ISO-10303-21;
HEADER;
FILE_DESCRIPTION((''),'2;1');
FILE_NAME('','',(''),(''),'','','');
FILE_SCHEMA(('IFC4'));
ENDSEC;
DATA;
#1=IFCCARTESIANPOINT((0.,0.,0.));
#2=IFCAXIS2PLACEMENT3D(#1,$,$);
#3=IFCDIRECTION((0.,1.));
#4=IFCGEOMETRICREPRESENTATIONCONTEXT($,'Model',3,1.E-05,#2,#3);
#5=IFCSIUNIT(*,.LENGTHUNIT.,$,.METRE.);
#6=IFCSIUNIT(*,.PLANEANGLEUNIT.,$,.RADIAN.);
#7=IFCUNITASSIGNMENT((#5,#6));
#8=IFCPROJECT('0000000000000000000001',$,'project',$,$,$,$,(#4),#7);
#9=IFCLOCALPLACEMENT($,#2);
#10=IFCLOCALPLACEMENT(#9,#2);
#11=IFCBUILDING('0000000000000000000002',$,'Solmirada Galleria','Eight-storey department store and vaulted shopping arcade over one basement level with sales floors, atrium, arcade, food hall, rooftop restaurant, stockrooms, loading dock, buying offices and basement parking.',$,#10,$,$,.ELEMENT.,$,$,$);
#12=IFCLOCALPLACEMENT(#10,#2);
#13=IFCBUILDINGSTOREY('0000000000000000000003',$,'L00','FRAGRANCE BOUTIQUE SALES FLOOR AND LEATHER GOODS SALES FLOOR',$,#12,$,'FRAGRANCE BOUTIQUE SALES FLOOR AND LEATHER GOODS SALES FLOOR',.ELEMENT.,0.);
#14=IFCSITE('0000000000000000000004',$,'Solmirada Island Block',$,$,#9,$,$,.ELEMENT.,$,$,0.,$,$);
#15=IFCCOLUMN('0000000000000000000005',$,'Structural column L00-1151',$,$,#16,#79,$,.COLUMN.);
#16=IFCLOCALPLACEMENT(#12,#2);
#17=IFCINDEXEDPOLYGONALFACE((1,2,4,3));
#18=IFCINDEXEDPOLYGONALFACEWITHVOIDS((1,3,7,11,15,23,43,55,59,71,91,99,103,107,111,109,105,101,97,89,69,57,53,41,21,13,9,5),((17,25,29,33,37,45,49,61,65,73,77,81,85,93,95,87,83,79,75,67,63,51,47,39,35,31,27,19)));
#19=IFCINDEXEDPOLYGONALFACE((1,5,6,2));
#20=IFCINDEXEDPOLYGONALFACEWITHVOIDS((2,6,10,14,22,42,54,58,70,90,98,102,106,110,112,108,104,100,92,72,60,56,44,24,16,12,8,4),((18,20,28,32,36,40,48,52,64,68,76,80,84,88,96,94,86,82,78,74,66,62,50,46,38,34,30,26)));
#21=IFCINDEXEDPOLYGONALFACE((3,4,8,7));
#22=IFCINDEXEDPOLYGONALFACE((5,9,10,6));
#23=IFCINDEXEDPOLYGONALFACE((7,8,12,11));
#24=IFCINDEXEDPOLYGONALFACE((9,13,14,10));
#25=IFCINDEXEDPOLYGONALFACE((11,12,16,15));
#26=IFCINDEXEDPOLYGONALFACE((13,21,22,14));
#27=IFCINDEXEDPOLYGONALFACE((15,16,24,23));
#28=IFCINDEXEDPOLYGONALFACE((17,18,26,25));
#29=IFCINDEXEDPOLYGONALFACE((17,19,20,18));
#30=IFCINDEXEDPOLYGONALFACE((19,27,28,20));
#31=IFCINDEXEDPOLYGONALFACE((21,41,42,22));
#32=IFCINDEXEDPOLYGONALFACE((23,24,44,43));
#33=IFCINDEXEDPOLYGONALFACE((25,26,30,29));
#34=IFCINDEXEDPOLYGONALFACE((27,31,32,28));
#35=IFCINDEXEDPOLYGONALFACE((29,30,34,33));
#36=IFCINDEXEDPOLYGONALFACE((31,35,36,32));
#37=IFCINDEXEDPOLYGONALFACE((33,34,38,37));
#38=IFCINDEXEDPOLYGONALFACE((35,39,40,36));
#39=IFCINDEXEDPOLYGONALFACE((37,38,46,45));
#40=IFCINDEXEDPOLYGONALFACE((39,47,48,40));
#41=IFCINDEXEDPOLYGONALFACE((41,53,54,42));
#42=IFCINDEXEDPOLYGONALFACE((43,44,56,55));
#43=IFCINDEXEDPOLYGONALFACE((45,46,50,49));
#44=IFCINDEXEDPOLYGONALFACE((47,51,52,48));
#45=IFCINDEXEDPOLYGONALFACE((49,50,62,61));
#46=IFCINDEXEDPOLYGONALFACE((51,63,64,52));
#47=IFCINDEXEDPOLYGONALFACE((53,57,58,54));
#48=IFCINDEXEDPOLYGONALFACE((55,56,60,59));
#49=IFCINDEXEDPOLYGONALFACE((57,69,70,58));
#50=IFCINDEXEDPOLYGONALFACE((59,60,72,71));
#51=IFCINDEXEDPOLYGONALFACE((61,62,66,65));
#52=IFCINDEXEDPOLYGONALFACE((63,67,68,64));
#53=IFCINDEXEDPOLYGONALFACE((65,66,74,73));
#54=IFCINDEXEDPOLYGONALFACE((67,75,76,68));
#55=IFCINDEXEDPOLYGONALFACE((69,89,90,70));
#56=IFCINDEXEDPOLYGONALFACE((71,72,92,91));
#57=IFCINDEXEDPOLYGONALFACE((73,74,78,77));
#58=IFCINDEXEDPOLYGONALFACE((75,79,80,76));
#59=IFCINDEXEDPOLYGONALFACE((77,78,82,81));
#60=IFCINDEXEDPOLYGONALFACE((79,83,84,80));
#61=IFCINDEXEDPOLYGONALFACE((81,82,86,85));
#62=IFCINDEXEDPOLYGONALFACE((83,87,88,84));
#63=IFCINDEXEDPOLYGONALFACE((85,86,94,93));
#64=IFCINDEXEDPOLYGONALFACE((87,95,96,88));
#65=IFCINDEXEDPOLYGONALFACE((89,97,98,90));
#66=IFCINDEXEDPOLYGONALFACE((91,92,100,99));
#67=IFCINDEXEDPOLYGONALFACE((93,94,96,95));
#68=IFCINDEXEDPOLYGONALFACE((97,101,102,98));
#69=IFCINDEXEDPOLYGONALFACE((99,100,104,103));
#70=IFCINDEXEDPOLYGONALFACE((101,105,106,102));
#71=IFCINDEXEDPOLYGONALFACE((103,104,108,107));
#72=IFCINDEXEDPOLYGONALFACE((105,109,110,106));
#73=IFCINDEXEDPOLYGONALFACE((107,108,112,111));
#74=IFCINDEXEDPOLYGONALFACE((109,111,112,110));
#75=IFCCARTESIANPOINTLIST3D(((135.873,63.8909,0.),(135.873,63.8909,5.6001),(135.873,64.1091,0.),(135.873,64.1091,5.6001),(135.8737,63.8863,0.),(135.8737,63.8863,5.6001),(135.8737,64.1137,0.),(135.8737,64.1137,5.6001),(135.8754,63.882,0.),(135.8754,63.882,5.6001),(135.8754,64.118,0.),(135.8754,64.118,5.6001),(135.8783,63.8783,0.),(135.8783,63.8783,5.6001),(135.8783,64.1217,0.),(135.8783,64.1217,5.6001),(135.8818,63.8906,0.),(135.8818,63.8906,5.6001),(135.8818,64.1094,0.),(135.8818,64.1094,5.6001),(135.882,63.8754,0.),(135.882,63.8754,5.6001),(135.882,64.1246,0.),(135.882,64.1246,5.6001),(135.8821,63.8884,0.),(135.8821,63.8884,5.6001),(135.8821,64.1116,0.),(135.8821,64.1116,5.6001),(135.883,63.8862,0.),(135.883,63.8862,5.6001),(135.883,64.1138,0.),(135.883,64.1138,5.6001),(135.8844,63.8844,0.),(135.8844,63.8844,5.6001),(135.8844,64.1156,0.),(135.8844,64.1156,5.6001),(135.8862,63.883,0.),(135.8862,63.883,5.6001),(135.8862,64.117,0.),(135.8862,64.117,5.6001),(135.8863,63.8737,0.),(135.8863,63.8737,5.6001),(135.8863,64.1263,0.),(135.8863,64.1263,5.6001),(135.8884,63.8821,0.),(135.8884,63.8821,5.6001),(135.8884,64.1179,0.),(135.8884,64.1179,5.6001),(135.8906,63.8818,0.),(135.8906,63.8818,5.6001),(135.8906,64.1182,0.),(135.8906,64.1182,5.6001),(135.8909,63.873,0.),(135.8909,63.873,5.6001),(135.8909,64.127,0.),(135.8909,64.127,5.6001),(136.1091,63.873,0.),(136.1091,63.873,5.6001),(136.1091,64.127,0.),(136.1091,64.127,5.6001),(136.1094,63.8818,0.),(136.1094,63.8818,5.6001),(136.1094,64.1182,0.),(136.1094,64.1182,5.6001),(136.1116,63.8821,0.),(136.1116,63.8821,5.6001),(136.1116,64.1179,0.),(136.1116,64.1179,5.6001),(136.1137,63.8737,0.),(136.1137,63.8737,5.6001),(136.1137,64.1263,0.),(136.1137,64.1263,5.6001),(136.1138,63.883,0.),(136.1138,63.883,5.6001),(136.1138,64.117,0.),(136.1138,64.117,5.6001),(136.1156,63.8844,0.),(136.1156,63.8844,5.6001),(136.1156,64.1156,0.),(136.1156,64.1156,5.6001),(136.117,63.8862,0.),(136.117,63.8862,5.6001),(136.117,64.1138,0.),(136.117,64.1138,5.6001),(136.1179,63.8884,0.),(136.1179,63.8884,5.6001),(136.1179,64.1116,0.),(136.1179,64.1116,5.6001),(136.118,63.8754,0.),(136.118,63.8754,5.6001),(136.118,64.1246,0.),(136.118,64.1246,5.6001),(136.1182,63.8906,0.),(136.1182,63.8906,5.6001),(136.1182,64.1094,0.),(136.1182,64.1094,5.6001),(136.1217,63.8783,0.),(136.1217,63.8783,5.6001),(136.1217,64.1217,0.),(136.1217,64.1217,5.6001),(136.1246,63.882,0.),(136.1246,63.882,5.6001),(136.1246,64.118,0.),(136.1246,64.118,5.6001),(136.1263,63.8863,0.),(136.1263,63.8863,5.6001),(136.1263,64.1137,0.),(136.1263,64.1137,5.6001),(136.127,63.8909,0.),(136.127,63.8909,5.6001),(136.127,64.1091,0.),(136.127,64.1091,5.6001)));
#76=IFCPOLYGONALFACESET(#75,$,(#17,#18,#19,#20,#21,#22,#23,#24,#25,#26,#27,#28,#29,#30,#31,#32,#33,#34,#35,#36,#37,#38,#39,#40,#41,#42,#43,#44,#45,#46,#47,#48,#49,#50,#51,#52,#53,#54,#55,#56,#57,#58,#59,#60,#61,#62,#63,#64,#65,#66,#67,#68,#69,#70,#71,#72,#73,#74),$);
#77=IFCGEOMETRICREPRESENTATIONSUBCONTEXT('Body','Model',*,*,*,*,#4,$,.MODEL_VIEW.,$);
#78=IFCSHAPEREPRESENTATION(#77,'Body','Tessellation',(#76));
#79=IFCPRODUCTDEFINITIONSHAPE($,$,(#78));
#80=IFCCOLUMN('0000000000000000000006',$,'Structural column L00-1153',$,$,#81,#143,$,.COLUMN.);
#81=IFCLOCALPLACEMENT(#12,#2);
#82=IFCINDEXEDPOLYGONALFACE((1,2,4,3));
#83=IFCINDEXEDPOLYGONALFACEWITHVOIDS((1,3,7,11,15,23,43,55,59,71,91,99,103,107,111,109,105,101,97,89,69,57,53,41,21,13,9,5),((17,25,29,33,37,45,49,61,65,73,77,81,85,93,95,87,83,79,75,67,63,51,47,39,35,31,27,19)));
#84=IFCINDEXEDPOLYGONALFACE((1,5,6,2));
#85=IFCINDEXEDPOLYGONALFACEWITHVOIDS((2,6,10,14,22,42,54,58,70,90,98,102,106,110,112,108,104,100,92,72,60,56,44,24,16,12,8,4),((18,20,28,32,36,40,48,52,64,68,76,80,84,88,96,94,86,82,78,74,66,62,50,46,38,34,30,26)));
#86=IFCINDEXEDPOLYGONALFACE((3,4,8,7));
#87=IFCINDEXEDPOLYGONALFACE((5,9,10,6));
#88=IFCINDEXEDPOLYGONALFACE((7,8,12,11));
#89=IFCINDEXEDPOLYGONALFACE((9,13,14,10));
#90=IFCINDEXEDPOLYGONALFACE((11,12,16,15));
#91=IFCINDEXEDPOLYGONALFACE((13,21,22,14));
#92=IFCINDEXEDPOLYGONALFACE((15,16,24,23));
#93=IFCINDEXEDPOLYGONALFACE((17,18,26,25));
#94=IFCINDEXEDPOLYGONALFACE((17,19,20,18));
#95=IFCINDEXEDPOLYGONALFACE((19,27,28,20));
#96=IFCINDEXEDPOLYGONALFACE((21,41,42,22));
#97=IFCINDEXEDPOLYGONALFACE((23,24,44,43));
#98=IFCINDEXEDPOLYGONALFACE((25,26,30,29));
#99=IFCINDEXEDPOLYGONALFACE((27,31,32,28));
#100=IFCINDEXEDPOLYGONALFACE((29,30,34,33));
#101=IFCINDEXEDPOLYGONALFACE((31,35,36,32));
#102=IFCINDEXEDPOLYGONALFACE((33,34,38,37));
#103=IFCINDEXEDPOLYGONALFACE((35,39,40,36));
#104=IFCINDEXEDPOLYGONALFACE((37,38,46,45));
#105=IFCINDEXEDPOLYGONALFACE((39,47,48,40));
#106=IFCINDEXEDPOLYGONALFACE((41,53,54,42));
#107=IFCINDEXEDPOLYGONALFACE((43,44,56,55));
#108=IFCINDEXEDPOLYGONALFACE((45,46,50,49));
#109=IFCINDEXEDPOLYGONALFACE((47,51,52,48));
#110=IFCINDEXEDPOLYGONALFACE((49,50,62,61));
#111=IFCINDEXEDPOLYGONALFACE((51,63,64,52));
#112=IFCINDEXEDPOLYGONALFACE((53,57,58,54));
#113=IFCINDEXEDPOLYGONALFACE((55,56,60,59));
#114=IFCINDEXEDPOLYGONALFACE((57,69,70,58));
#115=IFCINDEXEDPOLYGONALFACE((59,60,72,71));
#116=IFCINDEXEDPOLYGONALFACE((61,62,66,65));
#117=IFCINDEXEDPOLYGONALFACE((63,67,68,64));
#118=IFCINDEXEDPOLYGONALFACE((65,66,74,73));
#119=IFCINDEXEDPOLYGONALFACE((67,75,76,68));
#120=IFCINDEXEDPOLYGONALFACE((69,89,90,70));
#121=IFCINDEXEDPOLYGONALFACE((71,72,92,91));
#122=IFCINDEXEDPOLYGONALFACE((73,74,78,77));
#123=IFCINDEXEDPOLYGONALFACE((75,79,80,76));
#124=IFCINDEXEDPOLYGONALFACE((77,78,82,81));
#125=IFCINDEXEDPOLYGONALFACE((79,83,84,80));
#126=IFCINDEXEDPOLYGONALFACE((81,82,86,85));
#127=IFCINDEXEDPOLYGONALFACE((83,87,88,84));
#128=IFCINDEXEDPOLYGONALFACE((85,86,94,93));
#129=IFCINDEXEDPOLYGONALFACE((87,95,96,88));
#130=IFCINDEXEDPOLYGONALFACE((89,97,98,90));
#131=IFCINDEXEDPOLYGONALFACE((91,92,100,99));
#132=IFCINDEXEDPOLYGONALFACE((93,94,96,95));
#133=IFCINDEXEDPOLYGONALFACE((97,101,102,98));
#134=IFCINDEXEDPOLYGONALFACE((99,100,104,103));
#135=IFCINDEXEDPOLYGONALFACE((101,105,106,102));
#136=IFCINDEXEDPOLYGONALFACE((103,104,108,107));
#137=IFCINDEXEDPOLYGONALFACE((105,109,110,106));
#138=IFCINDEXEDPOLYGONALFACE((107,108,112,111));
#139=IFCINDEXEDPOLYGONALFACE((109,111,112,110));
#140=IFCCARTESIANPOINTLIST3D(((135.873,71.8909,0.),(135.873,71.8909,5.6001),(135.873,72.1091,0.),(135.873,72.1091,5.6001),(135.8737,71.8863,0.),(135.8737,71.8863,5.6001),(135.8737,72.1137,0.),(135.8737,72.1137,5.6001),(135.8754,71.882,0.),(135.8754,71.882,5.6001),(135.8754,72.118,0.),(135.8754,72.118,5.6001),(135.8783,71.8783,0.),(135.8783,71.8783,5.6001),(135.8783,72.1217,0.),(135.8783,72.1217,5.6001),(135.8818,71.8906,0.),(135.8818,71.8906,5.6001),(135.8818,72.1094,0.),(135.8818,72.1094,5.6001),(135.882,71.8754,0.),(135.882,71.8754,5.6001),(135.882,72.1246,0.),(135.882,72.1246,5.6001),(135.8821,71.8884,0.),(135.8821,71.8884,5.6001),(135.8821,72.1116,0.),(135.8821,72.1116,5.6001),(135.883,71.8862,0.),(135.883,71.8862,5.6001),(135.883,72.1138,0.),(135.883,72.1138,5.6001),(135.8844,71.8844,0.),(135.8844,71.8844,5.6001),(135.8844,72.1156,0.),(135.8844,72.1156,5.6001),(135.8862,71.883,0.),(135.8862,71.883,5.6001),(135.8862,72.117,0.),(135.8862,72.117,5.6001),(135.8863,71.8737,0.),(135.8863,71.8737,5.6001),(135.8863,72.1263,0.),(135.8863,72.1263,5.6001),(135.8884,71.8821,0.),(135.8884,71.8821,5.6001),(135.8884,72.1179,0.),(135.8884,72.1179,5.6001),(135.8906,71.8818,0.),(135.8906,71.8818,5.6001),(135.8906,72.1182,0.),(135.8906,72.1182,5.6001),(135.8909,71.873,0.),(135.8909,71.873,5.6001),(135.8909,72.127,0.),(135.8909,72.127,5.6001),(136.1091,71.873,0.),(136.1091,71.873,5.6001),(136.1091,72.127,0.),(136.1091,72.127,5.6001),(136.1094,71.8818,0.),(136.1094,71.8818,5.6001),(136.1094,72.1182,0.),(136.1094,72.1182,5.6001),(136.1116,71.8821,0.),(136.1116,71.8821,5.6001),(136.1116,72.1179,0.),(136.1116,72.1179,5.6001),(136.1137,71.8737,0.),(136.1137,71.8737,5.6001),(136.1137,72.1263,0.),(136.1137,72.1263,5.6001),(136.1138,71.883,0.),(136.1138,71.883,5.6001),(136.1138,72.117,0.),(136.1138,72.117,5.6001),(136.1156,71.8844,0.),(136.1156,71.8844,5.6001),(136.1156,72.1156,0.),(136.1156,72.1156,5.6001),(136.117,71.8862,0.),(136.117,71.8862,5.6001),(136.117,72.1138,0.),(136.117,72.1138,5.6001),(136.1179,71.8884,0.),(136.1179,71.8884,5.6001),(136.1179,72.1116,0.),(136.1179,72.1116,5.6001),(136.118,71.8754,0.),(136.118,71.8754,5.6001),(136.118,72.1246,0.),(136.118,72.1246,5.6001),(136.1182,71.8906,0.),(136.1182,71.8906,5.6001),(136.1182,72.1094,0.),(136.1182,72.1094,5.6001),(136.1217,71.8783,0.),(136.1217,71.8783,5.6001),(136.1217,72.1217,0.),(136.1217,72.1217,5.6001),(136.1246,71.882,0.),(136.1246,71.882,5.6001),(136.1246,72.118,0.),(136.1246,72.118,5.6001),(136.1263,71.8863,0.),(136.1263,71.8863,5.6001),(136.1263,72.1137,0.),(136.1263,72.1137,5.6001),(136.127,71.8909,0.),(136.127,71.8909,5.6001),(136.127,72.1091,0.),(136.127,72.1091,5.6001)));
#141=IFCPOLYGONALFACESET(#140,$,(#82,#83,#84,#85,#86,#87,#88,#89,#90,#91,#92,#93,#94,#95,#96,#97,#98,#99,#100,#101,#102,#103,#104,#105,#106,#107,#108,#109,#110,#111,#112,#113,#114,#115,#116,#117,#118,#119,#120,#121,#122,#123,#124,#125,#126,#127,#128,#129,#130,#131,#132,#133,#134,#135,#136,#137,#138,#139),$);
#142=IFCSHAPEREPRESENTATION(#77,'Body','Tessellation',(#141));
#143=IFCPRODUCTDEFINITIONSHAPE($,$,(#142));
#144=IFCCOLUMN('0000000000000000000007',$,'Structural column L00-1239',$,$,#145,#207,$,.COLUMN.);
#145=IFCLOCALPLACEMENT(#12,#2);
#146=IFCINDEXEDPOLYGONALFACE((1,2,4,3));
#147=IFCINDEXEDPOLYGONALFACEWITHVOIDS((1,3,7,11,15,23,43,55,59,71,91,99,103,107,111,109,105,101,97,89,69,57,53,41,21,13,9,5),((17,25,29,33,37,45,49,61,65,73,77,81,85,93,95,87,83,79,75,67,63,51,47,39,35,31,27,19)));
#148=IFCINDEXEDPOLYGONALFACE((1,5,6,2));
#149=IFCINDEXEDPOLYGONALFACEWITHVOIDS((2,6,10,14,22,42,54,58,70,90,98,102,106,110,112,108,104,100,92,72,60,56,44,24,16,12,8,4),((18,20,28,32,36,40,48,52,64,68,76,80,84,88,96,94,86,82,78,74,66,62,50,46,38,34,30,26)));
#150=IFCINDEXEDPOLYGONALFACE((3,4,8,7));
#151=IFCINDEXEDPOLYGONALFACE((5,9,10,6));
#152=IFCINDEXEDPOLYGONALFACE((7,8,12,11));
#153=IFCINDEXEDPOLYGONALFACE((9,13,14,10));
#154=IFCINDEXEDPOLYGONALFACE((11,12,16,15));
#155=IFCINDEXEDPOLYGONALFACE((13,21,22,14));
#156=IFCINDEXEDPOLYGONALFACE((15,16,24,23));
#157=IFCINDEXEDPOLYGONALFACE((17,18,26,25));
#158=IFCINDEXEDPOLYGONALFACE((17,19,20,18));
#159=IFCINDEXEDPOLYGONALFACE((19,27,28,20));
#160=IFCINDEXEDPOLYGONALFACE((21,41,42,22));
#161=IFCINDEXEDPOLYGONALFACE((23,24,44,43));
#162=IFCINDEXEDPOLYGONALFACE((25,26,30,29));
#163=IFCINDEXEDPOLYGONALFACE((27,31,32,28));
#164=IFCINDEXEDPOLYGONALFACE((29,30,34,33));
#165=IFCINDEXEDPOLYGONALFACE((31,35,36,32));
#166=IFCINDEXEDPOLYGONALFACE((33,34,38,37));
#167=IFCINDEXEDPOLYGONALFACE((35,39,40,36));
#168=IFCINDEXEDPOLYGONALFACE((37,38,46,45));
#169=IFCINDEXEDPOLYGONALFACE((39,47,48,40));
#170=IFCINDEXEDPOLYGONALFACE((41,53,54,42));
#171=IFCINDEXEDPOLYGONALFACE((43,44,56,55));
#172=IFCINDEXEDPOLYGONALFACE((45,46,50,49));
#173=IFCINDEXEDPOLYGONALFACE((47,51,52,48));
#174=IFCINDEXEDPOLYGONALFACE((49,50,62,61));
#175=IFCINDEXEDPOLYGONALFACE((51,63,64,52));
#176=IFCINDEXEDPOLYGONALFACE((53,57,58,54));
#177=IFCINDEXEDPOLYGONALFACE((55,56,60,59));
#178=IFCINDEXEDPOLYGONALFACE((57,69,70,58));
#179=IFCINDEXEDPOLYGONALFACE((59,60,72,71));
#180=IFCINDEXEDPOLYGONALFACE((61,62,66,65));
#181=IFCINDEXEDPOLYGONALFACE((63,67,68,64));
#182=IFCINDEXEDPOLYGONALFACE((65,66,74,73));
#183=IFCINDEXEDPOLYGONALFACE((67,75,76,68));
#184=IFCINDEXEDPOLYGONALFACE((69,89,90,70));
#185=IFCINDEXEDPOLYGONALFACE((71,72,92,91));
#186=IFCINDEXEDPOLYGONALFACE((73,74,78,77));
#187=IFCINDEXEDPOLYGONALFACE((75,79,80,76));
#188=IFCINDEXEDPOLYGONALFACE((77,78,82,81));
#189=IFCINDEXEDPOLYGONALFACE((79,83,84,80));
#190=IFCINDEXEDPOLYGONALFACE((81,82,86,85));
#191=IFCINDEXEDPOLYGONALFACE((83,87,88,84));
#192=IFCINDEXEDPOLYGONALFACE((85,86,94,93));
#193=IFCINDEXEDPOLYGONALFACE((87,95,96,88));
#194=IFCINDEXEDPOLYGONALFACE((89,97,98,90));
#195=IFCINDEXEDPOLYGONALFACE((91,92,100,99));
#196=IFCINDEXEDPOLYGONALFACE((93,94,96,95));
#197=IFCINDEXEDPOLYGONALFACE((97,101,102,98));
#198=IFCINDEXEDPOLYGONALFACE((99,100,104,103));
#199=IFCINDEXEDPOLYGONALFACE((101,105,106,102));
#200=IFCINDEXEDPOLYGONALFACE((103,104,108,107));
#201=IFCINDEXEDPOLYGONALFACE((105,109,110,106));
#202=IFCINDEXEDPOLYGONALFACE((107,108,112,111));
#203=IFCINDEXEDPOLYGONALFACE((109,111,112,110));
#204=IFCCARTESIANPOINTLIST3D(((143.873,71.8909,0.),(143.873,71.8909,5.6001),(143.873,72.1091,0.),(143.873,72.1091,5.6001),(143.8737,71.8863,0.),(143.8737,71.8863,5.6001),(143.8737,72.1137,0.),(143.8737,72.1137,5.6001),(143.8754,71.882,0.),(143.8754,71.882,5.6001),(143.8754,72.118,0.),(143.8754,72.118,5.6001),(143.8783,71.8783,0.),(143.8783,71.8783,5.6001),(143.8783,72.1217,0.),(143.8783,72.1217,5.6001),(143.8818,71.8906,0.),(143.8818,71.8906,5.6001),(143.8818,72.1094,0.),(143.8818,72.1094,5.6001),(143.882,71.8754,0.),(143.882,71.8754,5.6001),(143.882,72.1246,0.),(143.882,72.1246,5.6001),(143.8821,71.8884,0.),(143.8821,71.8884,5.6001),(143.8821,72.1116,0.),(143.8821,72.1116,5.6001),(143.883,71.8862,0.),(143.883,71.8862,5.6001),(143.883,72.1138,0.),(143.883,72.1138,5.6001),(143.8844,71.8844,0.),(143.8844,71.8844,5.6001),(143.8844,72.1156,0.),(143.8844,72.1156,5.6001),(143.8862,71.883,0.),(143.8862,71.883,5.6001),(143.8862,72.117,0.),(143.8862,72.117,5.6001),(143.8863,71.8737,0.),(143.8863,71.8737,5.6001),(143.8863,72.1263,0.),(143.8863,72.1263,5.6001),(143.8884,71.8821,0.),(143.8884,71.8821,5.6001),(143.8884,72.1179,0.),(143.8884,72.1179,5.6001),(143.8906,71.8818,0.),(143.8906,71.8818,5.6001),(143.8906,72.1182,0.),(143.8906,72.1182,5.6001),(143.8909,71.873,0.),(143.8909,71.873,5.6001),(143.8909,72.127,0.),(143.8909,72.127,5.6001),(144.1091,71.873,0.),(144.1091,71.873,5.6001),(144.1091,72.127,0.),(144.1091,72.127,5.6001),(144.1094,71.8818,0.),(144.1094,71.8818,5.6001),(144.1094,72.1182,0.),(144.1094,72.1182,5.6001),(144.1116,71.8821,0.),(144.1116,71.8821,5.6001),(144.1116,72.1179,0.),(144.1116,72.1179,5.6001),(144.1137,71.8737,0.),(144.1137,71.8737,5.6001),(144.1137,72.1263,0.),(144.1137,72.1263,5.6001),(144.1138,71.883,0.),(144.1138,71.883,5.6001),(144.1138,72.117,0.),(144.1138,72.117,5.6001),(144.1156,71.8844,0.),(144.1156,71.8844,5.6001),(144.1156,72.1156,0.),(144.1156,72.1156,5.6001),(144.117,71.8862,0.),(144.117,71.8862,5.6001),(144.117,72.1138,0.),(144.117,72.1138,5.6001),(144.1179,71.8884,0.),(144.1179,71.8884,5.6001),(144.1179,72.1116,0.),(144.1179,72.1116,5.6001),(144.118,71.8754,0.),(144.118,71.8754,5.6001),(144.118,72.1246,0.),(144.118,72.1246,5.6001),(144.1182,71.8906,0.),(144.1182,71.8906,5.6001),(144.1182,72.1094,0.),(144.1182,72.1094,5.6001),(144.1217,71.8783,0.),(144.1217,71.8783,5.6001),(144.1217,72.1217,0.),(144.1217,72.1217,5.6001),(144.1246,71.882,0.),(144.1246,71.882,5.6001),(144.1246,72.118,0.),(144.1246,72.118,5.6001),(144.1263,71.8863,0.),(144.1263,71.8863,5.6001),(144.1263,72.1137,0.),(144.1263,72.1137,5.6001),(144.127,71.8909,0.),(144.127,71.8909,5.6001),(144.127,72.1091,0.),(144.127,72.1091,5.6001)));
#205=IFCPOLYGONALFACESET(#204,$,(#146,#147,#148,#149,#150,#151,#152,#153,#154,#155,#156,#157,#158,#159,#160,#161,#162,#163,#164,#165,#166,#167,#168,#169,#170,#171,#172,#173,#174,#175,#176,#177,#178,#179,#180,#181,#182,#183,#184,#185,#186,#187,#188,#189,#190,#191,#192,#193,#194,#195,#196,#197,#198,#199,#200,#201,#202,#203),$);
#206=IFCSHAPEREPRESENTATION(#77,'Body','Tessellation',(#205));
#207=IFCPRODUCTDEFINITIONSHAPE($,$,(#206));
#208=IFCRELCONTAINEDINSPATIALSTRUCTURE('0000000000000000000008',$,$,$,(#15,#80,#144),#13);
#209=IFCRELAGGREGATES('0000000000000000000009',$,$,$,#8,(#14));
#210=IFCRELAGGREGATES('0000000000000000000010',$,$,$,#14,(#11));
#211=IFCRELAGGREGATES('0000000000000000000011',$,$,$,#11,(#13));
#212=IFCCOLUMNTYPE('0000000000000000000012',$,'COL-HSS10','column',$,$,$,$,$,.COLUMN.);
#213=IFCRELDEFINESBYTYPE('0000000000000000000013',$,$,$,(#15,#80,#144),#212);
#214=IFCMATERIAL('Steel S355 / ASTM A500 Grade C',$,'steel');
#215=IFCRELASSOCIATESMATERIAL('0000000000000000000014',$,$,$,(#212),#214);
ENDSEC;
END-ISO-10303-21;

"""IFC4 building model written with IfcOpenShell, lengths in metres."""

from ifc_helpers import new_model, si_unit, direction, frame, origin, origin_2d, place, context, subcontext, project, spatial, hollow_rectangle, extrude, material, material_profile, profile_set, type_object, element, save


model = new_model("IFC4")

# Units and contexts
model_context = context("Model", 3, precision=1e-05, world=origin(), true_north=direction((0.0, 1.0)))
body_context = subcontext(model_context, "Body", "Model", "MODEL_VIEW")
ifc_project = project(units=[si_unit("LENGTHUNIT", "METRE"), si_unit("PLANEANGLEUNIT", "RADIAN")], contexts=[model_context])

# Site, building, storey
site_placement = place(None, origin())
site = spatial("IfcSite", under=ifc_project, at=site_placement, Name="Solmirada Island Block", CompositionType="ELEMENT", RefElevation=0.0)
building_placement = place(site_placement, origin())
building = spatial("IfcBuilding", under=site, at=building_placement, Name="Solmirada Galleria", Description="Eight-storey department store and vaulted shopping arcade over one basement level with sales floors, atrium, arcade, food hall, rooftop restaurant, stockrooms, loading dock, buying offices and basement parking.", CompositionType="ELEMENT")
storey_placement = place(building_placement, origin())
storey = spatial("IfcBuildingStorey", under=building, at=storey_placement, Name="L00", Description="FRAGRANCE BOUTIQUE SALES FLOOR AND LEATHER GOODS SALES FLOOR", LongName="FRAGRANCE BOUTIQUE SALES FLOOR AND LEATHER GOODS SALES FLOOR", CompositionType="ELEMENT", Elevation=0.0)

# Columns
ifc_material_1 = material(Name="Steel S355 / ASTM A500 Grade C", Category="steel")
ifc_material_profile_1 = material_profile(ifc_material_1, hollow_rectangle(XDim=0.2539, YDim=0.2539, WallThickness=0.0088, InnerFilletRadius=0.0088, OuterFilletRadius=0.0178, at=origin_2d()), Name="HSS10X10X3/8")
ifc_profile_set_1 = profile_set([ifc_material_profile_1], Name="Steel S355 / ASTM A500 Grade C")
column_type = type_object("IfcColumnType", Name="COL-HSS10", Description="column", PredefinedType="COLUMN", material=ifc_profile_set_1)
for number, where, z_axis, x_axis, name in (
    (1, (136.0, 64.0, 0.0), (0.0, 0.0, 1.0), (1.0, 0.0, 0.0), "Structural column L00-1151"),
    (2, (136.0, 72.0, 0.0), (0.0, 0.0, 1.0), (1.0, 0.0, 0.0), "Structural column L00-1153"),
    (3, (144.0, 72.0, 0.0), (0.0, 0.0, 1.0), (1.0, 0.0, 0.0), "Structural column L00-1239"),
):
    element("IfcColumn", number, at=place(storey_placement, frame(where, z_axis=z_axis, x_axis=x_axis)), inside=storey, type_object=column_type, Name=name, PredefinedType="COLUMN", context=body_context, shape_type="SweptSolid", body=[
        extrude(hollow_rectangle(XDim=0.2539, YDim=0.2539, WallThickness=0.0088, InnerFilletRadius=0.0088, OuterFilletRadius=0.0178, at=origin_2d()), origin(), (0.0, 0.0, 1.0), 5.6001),
    ])

save(model, "model.ifc")
